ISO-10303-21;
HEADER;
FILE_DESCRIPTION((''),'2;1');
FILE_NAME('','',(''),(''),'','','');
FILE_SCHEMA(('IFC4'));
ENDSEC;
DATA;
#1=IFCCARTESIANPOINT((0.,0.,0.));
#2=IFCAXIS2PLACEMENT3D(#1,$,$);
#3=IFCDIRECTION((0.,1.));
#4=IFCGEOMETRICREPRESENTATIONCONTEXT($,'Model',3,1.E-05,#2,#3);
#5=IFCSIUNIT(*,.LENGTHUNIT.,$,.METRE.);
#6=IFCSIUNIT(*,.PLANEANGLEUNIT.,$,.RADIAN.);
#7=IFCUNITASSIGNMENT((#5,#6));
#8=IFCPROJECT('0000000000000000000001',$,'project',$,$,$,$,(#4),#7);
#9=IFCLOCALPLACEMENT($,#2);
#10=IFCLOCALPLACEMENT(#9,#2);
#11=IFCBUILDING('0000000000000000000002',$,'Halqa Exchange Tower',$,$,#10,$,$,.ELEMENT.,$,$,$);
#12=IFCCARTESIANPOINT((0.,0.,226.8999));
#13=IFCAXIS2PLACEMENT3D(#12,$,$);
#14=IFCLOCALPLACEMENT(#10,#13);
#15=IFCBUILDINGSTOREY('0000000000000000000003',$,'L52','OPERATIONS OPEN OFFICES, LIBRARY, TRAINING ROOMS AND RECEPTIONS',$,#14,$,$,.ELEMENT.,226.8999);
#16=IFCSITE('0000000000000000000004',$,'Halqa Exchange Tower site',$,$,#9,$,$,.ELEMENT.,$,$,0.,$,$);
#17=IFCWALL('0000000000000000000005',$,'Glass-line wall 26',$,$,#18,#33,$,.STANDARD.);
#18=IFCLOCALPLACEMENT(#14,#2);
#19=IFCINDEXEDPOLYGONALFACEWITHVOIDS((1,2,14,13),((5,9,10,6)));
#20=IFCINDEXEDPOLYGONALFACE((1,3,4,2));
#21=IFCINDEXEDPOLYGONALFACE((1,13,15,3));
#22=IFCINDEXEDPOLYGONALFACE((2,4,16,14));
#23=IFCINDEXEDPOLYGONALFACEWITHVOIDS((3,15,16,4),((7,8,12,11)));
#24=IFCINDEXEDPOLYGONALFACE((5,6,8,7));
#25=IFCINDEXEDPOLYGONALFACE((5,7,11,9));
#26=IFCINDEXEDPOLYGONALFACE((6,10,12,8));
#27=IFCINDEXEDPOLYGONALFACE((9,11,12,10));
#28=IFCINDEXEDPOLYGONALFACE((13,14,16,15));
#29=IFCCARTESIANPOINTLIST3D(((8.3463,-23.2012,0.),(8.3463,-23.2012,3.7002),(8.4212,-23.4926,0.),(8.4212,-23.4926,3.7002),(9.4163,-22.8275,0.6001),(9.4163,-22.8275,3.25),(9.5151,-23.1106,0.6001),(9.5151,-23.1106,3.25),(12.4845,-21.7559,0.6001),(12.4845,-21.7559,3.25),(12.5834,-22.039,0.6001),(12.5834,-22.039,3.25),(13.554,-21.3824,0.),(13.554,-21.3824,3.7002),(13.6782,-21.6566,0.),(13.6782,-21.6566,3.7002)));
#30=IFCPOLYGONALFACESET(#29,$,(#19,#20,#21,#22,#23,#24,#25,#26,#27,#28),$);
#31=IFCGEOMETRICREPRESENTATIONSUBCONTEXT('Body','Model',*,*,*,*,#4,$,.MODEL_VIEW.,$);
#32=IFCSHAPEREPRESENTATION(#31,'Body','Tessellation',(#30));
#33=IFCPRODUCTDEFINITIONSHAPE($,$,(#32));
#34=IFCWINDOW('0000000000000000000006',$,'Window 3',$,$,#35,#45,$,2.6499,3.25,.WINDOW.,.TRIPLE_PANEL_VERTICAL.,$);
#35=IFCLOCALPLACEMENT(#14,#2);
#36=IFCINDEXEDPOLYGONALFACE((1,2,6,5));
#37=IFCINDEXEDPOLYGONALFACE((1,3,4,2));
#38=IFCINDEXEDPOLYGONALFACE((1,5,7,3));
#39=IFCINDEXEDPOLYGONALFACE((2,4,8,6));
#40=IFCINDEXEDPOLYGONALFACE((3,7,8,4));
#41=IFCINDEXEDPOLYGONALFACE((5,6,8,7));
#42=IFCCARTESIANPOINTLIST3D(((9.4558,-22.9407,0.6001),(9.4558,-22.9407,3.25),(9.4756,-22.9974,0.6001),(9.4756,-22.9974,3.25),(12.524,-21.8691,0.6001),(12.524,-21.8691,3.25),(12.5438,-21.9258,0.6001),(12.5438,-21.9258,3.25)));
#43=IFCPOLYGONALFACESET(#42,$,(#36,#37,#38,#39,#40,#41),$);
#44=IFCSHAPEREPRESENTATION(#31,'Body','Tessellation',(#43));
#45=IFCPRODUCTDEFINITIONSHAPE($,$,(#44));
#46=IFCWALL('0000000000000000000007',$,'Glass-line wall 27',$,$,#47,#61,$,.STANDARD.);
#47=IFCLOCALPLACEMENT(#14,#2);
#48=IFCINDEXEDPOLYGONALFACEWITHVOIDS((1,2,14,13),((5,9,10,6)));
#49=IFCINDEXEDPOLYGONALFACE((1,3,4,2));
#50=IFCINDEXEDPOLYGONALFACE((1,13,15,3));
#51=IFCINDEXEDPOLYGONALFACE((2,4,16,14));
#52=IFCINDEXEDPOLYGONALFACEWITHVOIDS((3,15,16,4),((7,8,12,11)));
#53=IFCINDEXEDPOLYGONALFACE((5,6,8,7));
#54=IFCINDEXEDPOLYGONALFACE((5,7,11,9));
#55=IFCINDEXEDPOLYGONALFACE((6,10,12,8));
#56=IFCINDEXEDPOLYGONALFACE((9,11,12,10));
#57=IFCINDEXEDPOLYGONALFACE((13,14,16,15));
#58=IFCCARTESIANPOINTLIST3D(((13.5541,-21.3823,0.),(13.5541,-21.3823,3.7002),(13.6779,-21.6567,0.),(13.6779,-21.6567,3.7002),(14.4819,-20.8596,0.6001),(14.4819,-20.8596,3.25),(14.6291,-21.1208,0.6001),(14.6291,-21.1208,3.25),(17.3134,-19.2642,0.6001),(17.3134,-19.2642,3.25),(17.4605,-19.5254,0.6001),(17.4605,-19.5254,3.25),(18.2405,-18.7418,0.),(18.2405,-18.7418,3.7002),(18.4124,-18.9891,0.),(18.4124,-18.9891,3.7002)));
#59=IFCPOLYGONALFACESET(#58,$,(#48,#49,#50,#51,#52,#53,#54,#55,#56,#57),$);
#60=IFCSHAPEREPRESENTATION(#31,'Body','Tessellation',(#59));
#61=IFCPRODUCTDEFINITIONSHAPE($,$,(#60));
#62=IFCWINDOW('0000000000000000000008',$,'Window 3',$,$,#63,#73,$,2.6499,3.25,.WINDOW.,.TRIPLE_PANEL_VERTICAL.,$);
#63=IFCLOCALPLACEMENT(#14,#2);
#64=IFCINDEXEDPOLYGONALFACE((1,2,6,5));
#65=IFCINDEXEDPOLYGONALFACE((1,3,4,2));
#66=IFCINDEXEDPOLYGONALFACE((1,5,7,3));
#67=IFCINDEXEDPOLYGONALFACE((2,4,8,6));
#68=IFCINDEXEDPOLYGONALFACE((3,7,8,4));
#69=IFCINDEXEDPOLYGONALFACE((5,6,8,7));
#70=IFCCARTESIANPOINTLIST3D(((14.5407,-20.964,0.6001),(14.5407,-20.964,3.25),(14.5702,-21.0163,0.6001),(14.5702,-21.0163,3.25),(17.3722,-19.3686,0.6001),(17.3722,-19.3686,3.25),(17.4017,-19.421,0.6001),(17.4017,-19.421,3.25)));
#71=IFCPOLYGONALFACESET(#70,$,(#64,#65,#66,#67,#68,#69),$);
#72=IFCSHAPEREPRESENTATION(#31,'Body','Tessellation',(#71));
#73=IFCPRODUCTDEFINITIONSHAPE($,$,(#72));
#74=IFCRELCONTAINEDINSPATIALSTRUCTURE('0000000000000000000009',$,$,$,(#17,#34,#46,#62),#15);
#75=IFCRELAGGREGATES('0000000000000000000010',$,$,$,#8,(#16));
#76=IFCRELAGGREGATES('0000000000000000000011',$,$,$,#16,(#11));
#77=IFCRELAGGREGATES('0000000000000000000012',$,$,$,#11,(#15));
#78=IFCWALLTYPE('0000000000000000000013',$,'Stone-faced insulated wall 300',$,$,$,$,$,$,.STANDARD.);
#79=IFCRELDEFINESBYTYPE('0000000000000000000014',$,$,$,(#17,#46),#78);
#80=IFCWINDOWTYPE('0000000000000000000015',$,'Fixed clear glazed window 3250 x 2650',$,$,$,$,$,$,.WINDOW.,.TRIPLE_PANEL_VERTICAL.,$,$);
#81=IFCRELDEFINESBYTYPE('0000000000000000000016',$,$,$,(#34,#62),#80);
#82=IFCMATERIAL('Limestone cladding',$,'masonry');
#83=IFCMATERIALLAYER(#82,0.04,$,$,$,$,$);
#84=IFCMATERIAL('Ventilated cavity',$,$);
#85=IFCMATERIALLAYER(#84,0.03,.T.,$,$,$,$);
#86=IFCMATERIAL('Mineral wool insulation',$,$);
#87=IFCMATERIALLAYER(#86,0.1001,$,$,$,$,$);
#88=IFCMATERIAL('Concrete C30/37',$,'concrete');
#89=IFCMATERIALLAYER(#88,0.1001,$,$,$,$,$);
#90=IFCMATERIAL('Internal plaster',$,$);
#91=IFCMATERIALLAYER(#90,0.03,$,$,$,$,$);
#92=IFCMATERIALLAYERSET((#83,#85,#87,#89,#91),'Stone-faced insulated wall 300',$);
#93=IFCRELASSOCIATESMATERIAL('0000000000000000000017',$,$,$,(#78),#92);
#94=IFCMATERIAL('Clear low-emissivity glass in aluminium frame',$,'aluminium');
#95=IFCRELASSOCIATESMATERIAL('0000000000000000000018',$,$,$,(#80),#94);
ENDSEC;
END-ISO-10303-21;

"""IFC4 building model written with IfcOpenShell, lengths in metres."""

from ifc_helpers import new_model, si_unit, direction, frame, frame_2d, origin, place, context, subcontext, project, spatial, polyline, rectangle, outline, extrude, material, layer, layer_set, type_object, element, fill, save


model = new_model("IFC4")

# Units and contexts
model_context = context("Model", 3, precision=1e-05, world=origin(), true_north=direction((0.0, 1.0)))
body_context = subcontext(model_context, "Body", "Model", "MODEL_VIEW")
ifc_project = project(units=[si_unit("LENGTHUNIT", "METRE"), si_unit("PLANEANGLEUNIT", "RADIAN")], contexts=[model_context])

# Site, building, storey
site_placement = place(None, origin())
site = spatial("IfcSite", under=ifc_project, at=site_placement, Name="Halqa Exchange Tower site", CompositionType="ELEMENT", RefElevation=0.0)
building_placement = place(site_placement, origin())
building = spatial("IfcBuilding", under=site, at=building_placement, Name="Halqa Exchange Tower", CompositionType="ELEMENT")
storey_placement = place(building_placement, frame((0.0, 0.0, 226.8999)))
storey = spatial("IfcBuildingStorey", under=building, at=storey_placement, Name="L52", Description="OPERATIONS OPEN OFFICES, LIBRARY, TRAINING ROOMS AND RECEPTIONS", CompositionType="ELEMENT", Elevation=226.8999)

# Shared definitions
ifc_material_1 = material(Name="Concrete C30/37", Category="concrete")

# Walls, openings, windows
ifc_material_2 = material(Name="Limestone cladding", Category="masonry")
ifc_layer_1 = layer(ifc_material_2, 0.04)
ifc_material_3 = material(Name="Ventilated cavity")
ifc_layer_2 = layer(ifc_material_3, 0.03, ventilated=True)
ifc_material_4 = material(Name="Mineral wool insulation")
ifc_layer_3 = layer(ifc_material_4, 0.1001)
ifc_layer_4 = layer(ifc_material_1, 0.1001)
ifc_material_5 = material(Name="Internal plaster")
ifc_layer_5 = layer(ifc_material_5, 0.03)
ifc_layer_set_1 = layer_set([ifc_layer_1, ifc_layer_2, ifc_layer_3, ifc_layer_4, ifc_layer_5], Name="Stone-faced insulated wall 300")
wall_type_1 = type_object("IfcWallType", Name="Stone-faced insulated wall 300", PredefinedType="STANDARD", material=ifc_layer_set_1)
ifc_material_6 = material(Name="Clear low-emissivity glass in aluminium frame", Category="aluminium")
window_type = type_object("IfcWindowType", Name="Fixed clear glazed window 3250 x 2650", PartitioningType="TRIPLE_PANEL_VERTICAL", PredefinedType="WINDOW", material=ifc_material_6)
wall_1_placement = place(storey_placement, frame((8.3838, -23.3469, 0.0), z_axis=(0.0, 0.0, 1.0), x_axis=(0.944076, 0.329728, 0.0)))
wall_1 = element("IfcWall", 1, at=wall_1_placement, inside=storey, type_object=wall_type_1, Name="Glass-line wall 26", PredefinedType="STANDARD", context=body_context, shape_type="SweptSolid", body=[
    extrude(outline(polyline([(-0.0127, -0.1499), (5.5557, -0.1499), (5.5288, 0.1499), (0.0127, 0.1499), (-0.0127, -0.1499)])), origin(), (0.0, 0.0, 1.0), 3.7002),
])
opening_1_placement = place(wall_1_placement, frame((1.146, 0.0, 0.6001)))
opening_1 = element("IfcOpeningElement", 2, at=opening_1_placement, cuts=wall_1, PredefinedType="OPENING", context=body_context, shape_type="SweptSolid", body=[
    extrude(rectangle(XDim=3.25, YDim=2.6499, at=frame_2d((1.625, 1.325))), frame((0.0, 0.1621, 0.0), z_axis=(0.0, -1.0, 0.0), x_axis=(1.0, 0.0, 0.0)), (0.0, 0.0, 1.0), 0.324),
])
window_1_placement = place(opening_1_placement, origin())
window_1 = element("IfcWindow", 3, at=window_1_placement, inside=storey, type_object=window_type, Name="Window 3", OverallHeight=2.6499, OverallWidth=3.25, PartitioningType="TRIPLE_PANEL_VERTICAL", PredefinedType="WINDOW", context=body_context, shape_type="SweptSolid", body=[
    extrude(rectangle(XDim=3.25, YDim=2.6499, at=frame_2d((1.625, 1.325))), frame((0.0, 0.03, 0.0), z_axis=(0.0, -1.0, 0.0), x_axis=(1.0, 0.0, 0.0)), (0.0, 0.0, 1.0), 0.0601),
])
fill(opening_1, window_1)
wall_2_placement = place(storey_placement, frame((13.616, -21.5195, 0.0), z_axis=(0.0, 0.0, 1.0), x_axis=(0.871226, 0.490883, 0.0)))
wall_2 = element("IfcWall", 4, at=wall_2_placement, inside=storey, type_object=wall_type_1, Name="Glass-line wall 27", PredefinedType="STANDARD", context=body_context, shape_type="SweptSolid", body=[
    extrude(outline(polyline([(-0.0134, -0.1499), (5.4209, -0.1499), (5.3926, 0.1499), (0.0134, 0.1499), (-0.0134, -0.1499)])), origin(), (0.0, 0.0, 1.0), 3.7002),
])
opening_2_placement = place(wall_2_placement, frame((1.0784, 0.0, 0.6001)))
opening_2 = element("IfcOpeningElement", 5, at=opening_2_placement, cuts=wall_2, PredefinedType="OPENING", context=body_context, shape_type="SweptSolid", body=[
    extrude(rectangle(XDim=3.25, YDim=2.6499, at=frame_2d((1.625, 1.325))), frame((0.0, 0.1621, 0.0), z_axis=(0.0, -1.0, 0.0), x_axis=(1.0, 0.0, 0.0)), (0.0, 0.0, 1.0), 0.324),
])
window_2_placement = place(opening_2_placement, origin())
window_2 = element("IfcWindow", 6, at=window_2_placement, inside=storey, type_object=window_type, Name="Window 3", OverallHeight=2.6499, OverallWidth=3.25, PartitioningType="TRIPLE_PANEL_VERTICAL", PredefinedType="WINDOW", context=body_context, shape_type="SweptSolid", body=[
    extrude(rectangle(XDim=3.25, YDim=2.6499, at=frame_2d((1.625, 1.325))), frame((0.0, 0.03, 0.0), z_axis=(0.0, -1.0, 0.0), x_axis=(1.0, 0.0, 0.0)), (0.0, 0.0, 1.0), 0.0601),
])
fill(opening_2, window_2)

save(model, "model.ifc")
